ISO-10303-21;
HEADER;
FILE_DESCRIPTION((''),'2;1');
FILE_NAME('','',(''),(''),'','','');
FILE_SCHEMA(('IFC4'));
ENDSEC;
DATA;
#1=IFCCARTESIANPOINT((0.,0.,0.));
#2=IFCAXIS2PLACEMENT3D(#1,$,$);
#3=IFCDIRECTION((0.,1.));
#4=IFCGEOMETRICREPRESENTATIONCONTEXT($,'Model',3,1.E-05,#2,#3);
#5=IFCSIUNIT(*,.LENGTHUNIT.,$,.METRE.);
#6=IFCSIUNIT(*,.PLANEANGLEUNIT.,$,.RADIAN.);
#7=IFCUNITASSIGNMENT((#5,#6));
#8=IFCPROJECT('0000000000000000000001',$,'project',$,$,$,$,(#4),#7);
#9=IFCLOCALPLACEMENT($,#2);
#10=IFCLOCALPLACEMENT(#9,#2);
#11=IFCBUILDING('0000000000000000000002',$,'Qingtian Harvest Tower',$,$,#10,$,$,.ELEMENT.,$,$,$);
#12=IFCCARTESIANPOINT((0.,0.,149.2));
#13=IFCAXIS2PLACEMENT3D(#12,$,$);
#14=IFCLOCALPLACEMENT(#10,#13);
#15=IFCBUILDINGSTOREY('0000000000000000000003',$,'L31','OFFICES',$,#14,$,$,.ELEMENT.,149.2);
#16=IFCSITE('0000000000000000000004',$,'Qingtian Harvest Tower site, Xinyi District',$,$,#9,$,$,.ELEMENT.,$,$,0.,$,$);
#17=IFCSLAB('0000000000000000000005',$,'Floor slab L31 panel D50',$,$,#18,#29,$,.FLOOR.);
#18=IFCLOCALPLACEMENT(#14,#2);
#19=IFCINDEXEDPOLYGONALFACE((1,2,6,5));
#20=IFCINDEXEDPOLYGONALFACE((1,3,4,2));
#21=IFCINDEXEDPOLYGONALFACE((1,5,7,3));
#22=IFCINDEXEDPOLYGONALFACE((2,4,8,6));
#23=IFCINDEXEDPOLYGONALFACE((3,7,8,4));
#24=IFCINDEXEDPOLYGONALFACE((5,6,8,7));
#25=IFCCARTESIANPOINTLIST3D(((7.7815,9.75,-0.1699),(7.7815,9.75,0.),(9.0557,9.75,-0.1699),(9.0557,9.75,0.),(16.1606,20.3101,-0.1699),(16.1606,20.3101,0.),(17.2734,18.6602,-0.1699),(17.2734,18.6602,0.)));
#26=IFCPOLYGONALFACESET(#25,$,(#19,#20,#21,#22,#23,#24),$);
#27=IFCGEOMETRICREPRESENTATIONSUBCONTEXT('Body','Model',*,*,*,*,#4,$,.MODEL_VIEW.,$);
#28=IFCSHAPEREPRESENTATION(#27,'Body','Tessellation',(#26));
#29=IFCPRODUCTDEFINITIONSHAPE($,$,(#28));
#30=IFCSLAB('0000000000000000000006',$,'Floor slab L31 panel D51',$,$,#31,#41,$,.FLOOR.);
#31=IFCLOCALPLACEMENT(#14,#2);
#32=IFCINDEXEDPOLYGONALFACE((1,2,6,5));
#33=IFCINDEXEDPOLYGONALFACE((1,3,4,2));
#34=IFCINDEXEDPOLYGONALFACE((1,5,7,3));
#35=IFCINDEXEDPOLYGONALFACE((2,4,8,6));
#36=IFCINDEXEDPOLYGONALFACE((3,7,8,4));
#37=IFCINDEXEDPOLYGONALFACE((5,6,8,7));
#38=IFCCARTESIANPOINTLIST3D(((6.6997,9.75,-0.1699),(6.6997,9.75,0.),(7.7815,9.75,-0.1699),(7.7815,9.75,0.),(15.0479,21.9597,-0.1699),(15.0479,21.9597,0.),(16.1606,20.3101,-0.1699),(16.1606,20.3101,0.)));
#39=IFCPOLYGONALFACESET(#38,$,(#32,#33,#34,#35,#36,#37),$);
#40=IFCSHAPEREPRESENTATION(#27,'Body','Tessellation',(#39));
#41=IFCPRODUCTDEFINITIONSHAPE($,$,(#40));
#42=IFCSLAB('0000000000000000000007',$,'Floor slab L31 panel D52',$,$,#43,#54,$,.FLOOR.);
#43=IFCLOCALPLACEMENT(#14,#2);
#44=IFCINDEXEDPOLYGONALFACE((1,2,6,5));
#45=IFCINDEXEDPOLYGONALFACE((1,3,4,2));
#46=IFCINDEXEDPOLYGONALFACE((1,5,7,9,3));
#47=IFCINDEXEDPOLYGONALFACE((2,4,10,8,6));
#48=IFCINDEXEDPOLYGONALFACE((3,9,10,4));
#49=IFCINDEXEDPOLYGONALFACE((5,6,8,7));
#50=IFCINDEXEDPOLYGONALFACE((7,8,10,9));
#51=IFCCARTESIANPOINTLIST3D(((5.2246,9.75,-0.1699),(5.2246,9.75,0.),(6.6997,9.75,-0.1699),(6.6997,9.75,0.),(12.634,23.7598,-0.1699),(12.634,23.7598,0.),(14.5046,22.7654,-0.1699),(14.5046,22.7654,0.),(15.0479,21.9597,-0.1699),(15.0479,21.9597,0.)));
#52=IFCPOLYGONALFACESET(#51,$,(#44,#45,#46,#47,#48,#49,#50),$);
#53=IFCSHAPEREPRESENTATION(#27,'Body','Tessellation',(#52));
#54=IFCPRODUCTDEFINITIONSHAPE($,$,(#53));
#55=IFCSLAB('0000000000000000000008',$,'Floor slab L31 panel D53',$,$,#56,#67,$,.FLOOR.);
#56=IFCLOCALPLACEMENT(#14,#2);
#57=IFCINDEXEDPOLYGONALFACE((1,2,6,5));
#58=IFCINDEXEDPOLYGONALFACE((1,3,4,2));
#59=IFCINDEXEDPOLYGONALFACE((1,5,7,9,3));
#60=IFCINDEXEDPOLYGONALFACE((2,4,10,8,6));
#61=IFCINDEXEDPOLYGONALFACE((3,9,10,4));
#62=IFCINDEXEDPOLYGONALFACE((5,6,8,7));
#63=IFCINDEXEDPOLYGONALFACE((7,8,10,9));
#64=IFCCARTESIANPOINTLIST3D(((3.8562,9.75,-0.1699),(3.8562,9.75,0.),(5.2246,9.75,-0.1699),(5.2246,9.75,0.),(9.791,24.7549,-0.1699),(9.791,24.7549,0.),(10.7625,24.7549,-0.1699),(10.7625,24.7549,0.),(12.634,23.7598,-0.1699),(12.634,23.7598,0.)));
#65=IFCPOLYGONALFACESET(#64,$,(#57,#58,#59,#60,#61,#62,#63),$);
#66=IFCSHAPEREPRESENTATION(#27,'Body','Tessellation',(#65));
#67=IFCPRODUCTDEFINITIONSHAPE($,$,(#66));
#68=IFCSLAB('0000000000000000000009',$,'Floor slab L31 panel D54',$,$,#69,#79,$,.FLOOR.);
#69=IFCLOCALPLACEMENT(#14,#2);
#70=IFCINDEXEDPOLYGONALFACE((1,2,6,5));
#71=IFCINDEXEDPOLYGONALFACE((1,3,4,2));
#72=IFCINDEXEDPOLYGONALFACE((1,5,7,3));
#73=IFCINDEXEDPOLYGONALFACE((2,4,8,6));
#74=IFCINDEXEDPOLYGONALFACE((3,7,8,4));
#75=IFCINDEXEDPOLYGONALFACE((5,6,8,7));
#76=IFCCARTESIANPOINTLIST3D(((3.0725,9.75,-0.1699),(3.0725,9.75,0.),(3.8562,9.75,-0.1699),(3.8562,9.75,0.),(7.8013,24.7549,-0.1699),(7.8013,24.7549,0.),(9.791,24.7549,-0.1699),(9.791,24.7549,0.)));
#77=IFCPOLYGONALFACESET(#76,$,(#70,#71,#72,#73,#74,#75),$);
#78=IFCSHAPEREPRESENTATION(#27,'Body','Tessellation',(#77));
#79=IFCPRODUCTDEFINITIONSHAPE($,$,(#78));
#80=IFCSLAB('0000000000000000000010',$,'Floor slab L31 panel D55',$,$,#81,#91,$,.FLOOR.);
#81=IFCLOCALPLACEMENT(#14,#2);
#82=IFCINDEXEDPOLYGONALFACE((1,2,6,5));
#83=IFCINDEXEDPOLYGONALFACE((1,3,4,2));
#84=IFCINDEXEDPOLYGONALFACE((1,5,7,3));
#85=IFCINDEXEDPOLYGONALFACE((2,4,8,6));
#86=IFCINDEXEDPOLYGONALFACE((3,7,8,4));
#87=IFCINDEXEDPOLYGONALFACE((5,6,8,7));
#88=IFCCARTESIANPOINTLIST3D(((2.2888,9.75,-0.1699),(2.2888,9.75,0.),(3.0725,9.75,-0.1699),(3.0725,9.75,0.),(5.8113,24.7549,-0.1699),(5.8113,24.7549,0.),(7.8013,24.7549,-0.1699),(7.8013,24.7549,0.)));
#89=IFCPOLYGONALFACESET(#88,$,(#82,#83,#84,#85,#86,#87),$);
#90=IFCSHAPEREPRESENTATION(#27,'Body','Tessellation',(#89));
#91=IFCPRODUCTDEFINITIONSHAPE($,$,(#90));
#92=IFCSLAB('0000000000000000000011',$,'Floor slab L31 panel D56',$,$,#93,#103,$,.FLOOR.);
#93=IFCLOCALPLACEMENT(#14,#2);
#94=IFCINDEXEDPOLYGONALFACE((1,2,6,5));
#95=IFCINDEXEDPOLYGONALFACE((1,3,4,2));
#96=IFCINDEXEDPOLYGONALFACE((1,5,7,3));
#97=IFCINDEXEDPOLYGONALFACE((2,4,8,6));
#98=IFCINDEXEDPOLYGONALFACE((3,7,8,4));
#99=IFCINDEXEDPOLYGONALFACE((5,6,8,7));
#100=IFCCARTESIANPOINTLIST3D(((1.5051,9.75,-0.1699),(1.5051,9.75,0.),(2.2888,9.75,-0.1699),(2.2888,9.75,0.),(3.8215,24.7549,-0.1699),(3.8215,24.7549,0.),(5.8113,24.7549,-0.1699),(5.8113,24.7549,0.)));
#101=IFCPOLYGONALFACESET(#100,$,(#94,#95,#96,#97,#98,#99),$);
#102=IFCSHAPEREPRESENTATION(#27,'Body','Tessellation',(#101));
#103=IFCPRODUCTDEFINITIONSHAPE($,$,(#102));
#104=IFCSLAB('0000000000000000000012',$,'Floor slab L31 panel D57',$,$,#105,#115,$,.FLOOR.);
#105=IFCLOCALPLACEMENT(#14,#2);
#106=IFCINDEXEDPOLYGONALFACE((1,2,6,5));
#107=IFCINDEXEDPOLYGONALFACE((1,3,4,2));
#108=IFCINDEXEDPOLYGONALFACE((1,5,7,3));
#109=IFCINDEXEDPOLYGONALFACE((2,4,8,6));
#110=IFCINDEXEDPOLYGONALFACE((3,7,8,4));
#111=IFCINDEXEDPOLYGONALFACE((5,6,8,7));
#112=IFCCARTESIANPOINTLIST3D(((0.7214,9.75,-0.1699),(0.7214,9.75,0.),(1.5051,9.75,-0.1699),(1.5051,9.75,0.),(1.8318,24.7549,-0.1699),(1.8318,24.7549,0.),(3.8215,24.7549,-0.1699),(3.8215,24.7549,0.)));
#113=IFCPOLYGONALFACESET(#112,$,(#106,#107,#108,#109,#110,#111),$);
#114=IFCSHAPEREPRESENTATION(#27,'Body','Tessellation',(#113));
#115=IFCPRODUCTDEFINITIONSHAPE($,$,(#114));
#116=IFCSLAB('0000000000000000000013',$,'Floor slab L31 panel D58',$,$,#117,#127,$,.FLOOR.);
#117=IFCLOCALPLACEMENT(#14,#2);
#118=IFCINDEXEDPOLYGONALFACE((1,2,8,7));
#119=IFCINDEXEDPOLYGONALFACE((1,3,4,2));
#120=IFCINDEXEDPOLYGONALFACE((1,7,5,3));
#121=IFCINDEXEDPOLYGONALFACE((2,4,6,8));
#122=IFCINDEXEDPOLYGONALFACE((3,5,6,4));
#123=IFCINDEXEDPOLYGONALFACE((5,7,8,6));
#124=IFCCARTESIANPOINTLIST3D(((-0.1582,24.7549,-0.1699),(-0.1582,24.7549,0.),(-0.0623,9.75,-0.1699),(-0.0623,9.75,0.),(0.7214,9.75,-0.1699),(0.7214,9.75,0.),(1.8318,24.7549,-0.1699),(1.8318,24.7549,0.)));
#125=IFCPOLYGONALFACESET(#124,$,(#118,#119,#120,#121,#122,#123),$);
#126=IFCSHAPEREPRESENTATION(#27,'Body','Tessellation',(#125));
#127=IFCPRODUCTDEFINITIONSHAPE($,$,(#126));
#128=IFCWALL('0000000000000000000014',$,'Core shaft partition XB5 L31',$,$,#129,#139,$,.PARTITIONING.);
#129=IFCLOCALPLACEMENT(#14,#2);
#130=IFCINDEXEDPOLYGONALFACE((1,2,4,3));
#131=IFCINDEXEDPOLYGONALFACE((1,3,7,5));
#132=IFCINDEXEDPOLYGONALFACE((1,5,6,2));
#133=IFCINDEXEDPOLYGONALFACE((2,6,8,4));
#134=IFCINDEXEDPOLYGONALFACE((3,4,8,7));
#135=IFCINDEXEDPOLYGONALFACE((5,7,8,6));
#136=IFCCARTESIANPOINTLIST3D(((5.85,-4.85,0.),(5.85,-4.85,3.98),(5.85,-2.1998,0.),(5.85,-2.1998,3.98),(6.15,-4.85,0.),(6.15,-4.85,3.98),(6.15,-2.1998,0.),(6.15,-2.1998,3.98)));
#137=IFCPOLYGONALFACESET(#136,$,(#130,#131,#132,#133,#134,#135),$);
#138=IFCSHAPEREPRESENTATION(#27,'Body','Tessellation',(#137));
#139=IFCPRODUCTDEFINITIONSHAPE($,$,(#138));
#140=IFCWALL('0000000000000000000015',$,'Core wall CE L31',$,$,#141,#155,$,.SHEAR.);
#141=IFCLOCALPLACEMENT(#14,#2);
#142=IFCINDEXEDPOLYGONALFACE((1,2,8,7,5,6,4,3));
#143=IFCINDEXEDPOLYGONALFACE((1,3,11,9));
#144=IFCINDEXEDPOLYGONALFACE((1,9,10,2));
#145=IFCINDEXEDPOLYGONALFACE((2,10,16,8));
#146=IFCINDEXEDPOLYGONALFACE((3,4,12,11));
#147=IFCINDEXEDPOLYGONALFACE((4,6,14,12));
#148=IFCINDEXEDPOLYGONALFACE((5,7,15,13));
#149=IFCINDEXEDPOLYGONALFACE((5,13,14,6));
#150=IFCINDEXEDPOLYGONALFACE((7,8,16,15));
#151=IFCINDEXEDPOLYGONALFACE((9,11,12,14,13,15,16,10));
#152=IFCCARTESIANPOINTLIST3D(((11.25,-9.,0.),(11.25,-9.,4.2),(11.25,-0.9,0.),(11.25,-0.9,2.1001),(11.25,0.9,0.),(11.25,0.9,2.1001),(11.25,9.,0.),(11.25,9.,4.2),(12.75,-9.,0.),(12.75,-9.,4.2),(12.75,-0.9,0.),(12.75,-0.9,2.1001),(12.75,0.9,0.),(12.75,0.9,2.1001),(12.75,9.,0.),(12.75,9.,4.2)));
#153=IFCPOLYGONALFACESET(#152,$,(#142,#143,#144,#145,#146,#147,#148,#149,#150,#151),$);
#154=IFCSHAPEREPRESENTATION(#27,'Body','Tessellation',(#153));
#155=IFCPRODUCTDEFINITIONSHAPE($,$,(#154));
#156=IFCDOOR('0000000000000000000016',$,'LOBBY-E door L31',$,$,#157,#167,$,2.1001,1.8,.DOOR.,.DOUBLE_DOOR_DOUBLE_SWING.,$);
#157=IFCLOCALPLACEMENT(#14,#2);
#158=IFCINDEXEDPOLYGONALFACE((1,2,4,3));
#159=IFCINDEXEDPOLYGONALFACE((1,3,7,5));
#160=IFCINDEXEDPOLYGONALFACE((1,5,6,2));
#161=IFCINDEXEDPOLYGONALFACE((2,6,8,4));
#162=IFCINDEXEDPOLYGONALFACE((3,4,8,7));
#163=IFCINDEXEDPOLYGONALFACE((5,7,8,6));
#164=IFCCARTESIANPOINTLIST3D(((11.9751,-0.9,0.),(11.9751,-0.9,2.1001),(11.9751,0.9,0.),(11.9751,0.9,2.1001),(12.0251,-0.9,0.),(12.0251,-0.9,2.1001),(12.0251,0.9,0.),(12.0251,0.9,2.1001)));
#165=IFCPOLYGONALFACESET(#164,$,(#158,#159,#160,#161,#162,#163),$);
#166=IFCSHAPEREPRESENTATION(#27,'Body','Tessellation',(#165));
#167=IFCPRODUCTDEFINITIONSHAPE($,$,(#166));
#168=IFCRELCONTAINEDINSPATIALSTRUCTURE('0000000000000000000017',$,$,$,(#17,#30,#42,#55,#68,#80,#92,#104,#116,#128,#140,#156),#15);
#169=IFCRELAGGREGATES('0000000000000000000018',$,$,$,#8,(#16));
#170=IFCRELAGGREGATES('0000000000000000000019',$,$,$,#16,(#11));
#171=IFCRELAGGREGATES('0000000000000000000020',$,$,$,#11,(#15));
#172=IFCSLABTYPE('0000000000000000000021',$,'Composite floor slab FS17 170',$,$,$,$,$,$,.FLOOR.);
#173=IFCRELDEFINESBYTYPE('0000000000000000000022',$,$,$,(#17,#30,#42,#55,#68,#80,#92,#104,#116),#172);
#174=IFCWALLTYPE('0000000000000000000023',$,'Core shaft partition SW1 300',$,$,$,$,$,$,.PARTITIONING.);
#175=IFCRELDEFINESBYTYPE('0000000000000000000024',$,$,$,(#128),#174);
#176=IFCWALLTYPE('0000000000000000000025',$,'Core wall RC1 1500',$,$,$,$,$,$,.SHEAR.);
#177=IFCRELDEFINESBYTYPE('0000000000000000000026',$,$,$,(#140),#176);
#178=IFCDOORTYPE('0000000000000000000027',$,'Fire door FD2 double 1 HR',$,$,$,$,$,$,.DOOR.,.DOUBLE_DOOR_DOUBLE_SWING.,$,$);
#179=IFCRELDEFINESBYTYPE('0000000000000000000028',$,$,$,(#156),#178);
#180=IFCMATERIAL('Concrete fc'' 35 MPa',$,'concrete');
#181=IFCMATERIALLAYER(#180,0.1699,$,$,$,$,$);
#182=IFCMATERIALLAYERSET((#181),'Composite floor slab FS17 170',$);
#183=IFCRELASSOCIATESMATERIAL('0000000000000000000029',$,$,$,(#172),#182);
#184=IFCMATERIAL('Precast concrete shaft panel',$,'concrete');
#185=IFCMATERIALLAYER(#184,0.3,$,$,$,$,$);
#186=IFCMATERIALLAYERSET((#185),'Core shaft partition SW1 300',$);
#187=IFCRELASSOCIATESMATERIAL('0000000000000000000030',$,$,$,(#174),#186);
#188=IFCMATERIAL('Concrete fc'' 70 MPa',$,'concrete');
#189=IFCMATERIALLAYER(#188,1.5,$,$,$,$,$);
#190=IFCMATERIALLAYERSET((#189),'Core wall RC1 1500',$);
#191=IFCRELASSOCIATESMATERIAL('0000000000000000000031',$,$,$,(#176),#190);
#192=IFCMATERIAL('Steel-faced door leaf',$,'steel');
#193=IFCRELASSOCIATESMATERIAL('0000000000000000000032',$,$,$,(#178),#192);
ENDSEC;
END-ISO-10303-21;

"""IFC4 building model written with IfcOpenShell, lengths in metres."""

from ifc_helpers import new_model, si_unit, direction, frame, frame_2d, origin, place, context, subcontext, project, spatial, polyline, rectangle, outline, extrude, material, layer, layer_set, type_object, element, fill, save


model = new_model("IFC4")

# Units and contexts
model_context = context("Model", 3, precision=1e-05, world=origin(), true_north=direction((0.0, 1.0)))
body_context = subcontext(model_context, "Body", "Model", "MODEL_VIEW")
ifc_project = project(units=[si_unit("LENGTHUNIT", "METRE"), si_unit("PLANEANGLEUNIT", "RADIAN")], contexts=[model_context])

# Site, building, storey
site_placement = place(None, origin())
site = spatial("IfcSite", under=ifc_project, at=site_placement, Name="Qingtian Harvest Tower site, Xinyi District", CompositionType="ELEMENT", RefElevation=0.0)
building_placement = place(site_placement, origin())
building = spatial("IfcBuilding", under=site, at=building_placement, Name="Qingtian Harvest Tower", CompositionType="ELEMENT")
storey_placement = place(building_placement, frame((0.0, 0.0, 149.2)))
storey = spatial("IfcBuildingStorey", under=building, at=storey_placement, Name="L31", Description="OFFICES", CompositionType="ELEMENT", Elevation=149.2)

# Slabs
ifc_material_1 = material(Name="Concrete fc' 35 MPa", Category="concrete")
ifc_layer_1 = layer(ifc_material_1, 0.1699)
ifc_layer_set_1 = layer_set([ifc_layer_1], Name="Composite floor slab FS17 170")
slab_type = type_object("IfcSlabType", Name="Composite floor slab FS17 170", PredefinedType="FLOOR", material=ifc_layer_set_1)
slab_1_placement = place(storey_placement, frame((0.0, 0.0, -0.1699)))
element("IfcSlab", 1, at=slab_1_placement, inside=storey, type_object=slab_type, Name="Floor slab L31 panel D50", PredefinedType="FLOOR", context=body_context, shape_type="SweptSolid", body=[
    extrude(outline(polyline([(7.7815, 9.75), (16.1606, 20.3101), (17.2734, 18.6602), (9.0557, 9.75), (7.7815, 9.75)])), origin(), (0.0, 0.0, 1.0), 0.1699),
])
slab_2_placement = place(storey_placement, frame((0.0, 0.0, -0.1699)))
element("IfcSlab", 2, at=slab_2_placement, inside=storey, type_object=slab_type, Name="Floor slab L31 panel D51", PredefinedType="FLOOR", context=body_context, shape_type="SweptSolid", body=[
    extrude(outline(polyline([(6.6997, 9.75), (15.0479, 21.9597), (16.1606, 20.3101), (7.7815, 9.75), (6.6997, 9.75)])), origin(), (0.0, 0.0, 1.0), 0.1699),
])
slab_3_placement = place(storey_placement, frame((0.0, 0.0, -0.1699)))
element("IfcSlab", 3, at=slab_3_placement, inside=storey, type_object=slab_type, Name="Floor slab L31 panel D52", PredefinedType="FLOOR", context=body_context, shape_type="SweptSolid", body=[
    extrude(outline(polyline([(6.6997, 9.75), (5.2246, 9.75), (12.634, 23.7598), (14.5046, 22.7654), (15.0479, 21.9597), (6.6997, 9.75)])), origin(), (0.0, 0.0, 1.0), 0.1699),
])
slab_4_placement = place(storey_placement, frame((0.0, 0.0, -0.1699)))
element("IfcSlab", 4, at=slab_4_placement, inside=storey, type_object=slab_type, Name="Floor slab L31 panel D53", PredefinedType="FLOOR", context=body_context, shape_type="SweptSolid", body=[
    extrude(outline(polyline([(3.8562, 9.75), (9.791, 24.7549), (10.7625, 24.7549), (12.634, 23.7598), (5.2246, 9.75), (3.8562, 9.75)])), origin(), (0.0, 0.0, 1.0), 0.1699),
])
slab_5_placement = place(storey_placement, frame((0.0, 0.0, -0.1699)))
element("IfcSlab", 5, at=slab_5_placement, inside=storey, type_object=slab_type, Name="Floor slab L31 panel D54", PredefinedType="FLOOR", context=body_context, shape_type="SweptSolid", body=[
    extrude(outline(polyline([(3.0725, 9.75), (7.8013, 24.7549), (9.791, 24.7549), (3.8562, 9.75), (3.0725, 9.75)])), origin(), (0.0, 0.0, 1.0), 0.1699),
])
slab_6_placement = place(storey_placement, frame((0.0, 0.0, -0.1699)))
element("IfcSlab", 6, at=slab_6_placement, inside=storey, type_object=slab_type, Name="Floor slab L31 panel D55", PredefinedType="FLOOR", context=body_context, shape_type="SweptSolid", body=[
    extrude(outline(polyline([(2.2888, 9.75), (5.8113, 24.7549), (7.8013, 24.7549), (3.0725, 9.75), (2.2888, 9.75)])), origin(), (0.0, 0.0, 1.0), 0.1699),
])
slab_7_placement = place(storey_placement, frame((0.0, 0.0, -0.1699)))
element("IfcSlab", 7, at=slab_7_placement, inside=storey, type_object=slab_type, Name="Floor slab L31 panel D56", PredefinedType="FLOOR", context=body_context, shape_type="SweptSolid", body=[
    extrude(outline(polyline([(1.5051, 9.75), (3.8215, 24.7549), (5.8113, 24.7549), (2.2888, 9.75), (1.5051, 9.75)])), origin(), (0.0, 0.0, 1.0), 0.1699),
])
slab_8_placement = place(storey_placement, frame((0.0, 0.0, -0.1699)))
element("IfcSlab", 8, at=slab_8_placement, inside=storey, type_object=slab_type, Name="Floor slab L31 panel D57", PredefinedType="FLOOR", context=body_context, shape_type="SweptSolid", body=[
    extrude(outline(polyline([(0.7214, 9.75), (1.8318, 24.7549), (3.8215, 24.7549), (1.5051, 9.75), (0.7214, 9.75)])), origin(), (0.0, 0.0, 1.0), 0.1699),
])
slab_9_placement = place(storey_placement, frame((0.0, 0.0, -0.1699)))
element("IfcSlab", 9, at=slab_9_placement, inside=storey, type_object=slab_type, Name="Floor slab L31 panel D58", PredefinedType="FLOOR", context=body_context, shape_type="SweptSolid", body=[
    extrude(outline(polyline([(-0.0623, 9.75), (-0.1582, 24.7549), (1.8318, 24.7549), (0.7214, 9.75), (-0.0623, 9.75)])), origin(), (0.0, 0.0, 1.0), 0.1699),
])

# Wall
ifc_material_2 = material(Name="Precast concrete shaft panel", Category="concrete")
ifc_layer_2 = layer(ifc_material_2, 0.3)
ifc_layer_set_2 = layer_set([ifc_layer_2], Name="Core shaft partition SW1 300")
wall_type_1 = type_object("IfcWallType", Name="Core shaft partition SW1 300", PredefinedType="PARTITIONING", material=ifc_layer_set_2)
wall_1_placement = place(storey_placement, frame((6.0, -4.8501, 0.0), z_axis=(0.0, 0.0, 1.0), x_axis=(0.0, 1.0, 0.0)))
element("IfcWall", 10, at=wall_1_placement, inside=storey, type_object=wall_type_1, Name="Core shaft partition XB5 L31", PredefinedType="PARTITIONING", context=body_context, shape_type="SweptSolid", body=[
    extrude(rectangle(XDim=2.6501, YDim=0.3, at=frame_2d((1.3252, 0.0))), origin(), (0.0, 0.0, 1.0), 3.98),
])

# Wall, opening, door
ifc_material_3 = material(Name="Concrete fc' 70 MPa", Category="concrete")
ifc_layer_3 = layer(ifc_material_3, 1.5)
ifc_layer_set_3 = layer_set([ifc_layer_3], Name="Core wall RC1 1500")
wall_type_2 = type_object("IfcWallType", Name="Core wall RC1 1500", PredefinedType="SHEAR", material=ifc_layer_set_3)
wall_2_placement = place(storey_placement, frame((12.0, -9.0, 0.0), z_axis=(0.0, 0.0, 1.0), x_axis=(0.0, 1.0, 0.0)))
wall_2 = element("IfcWall", 11, at=wall_2_placement, inside=storey, type_object=wall_type_2, Name="Core wall CE L31", PredefinedType="SHEAR", context=body_context, shape_type="SweptSolid", body=[
    extrude(rectangle(XDim=18.0, YDim=1.5, at=frame_2d((9.0, 0.0))), origin(), (0.0, 0.0, 1.0), 4.2),
])
opening_placement = place(wall_2_placement, frame((8.1001, 0.0, 0.0)))
opening = element("IfcOpeningElement", 12, at=opening_placement, cuts=wall_2, PredefinedType="OPENING", context=body_context, shape_type="SweptSolid", body=[
    extrude(rectangle(XDim=1.8, YDim=2.1001, at=frame_2d((0.8999, 1.05))), frame((0.0, 0.76, 0.0), z_axis=(0.0, -1.0, 0.0), x_axis=(1.0, 0.0, 0.0)), (0.0, 0.0, 1.0), 1.52),
])
ifc_material_4 = material(Name="Steel-faced door leaf", Category="steel")
door_type = type_object("IfcDoorType", Name="Fire door FD2 double 1 HR", OperationType="DOUBLE_DOOR_DOUBLE_SWING", PredefinedType="DOOR", material=ifc_material_4)
door_placement = place(opening_placement, origin())
door = element("IfcDoor", 13, at=door_placement, inside=storey, type_object=door_type, Name="LOBBY-E door L31", OperationType="DOUBLE_DOOR_DOUBLE_SWING", OverallHeight=2.1001, OverallWidth=1.8, PredefinedType="DOOR", context=body_context, shape_type="SweptSolid", body=[
    extrude(rectangle(XDim=1.8, YDim=2.1001, at=frame_2d((0.8999, 1.05))), frame((0.0, 0.0249, 0.0), z_axis=(0.0, -1.0, 0.0), x_axis=(1.0, 0.0, 0.0)), (0.0, 0.0, 1.0), 0.05),
])
fill(opening, door)

save(model, "model.ifc")
